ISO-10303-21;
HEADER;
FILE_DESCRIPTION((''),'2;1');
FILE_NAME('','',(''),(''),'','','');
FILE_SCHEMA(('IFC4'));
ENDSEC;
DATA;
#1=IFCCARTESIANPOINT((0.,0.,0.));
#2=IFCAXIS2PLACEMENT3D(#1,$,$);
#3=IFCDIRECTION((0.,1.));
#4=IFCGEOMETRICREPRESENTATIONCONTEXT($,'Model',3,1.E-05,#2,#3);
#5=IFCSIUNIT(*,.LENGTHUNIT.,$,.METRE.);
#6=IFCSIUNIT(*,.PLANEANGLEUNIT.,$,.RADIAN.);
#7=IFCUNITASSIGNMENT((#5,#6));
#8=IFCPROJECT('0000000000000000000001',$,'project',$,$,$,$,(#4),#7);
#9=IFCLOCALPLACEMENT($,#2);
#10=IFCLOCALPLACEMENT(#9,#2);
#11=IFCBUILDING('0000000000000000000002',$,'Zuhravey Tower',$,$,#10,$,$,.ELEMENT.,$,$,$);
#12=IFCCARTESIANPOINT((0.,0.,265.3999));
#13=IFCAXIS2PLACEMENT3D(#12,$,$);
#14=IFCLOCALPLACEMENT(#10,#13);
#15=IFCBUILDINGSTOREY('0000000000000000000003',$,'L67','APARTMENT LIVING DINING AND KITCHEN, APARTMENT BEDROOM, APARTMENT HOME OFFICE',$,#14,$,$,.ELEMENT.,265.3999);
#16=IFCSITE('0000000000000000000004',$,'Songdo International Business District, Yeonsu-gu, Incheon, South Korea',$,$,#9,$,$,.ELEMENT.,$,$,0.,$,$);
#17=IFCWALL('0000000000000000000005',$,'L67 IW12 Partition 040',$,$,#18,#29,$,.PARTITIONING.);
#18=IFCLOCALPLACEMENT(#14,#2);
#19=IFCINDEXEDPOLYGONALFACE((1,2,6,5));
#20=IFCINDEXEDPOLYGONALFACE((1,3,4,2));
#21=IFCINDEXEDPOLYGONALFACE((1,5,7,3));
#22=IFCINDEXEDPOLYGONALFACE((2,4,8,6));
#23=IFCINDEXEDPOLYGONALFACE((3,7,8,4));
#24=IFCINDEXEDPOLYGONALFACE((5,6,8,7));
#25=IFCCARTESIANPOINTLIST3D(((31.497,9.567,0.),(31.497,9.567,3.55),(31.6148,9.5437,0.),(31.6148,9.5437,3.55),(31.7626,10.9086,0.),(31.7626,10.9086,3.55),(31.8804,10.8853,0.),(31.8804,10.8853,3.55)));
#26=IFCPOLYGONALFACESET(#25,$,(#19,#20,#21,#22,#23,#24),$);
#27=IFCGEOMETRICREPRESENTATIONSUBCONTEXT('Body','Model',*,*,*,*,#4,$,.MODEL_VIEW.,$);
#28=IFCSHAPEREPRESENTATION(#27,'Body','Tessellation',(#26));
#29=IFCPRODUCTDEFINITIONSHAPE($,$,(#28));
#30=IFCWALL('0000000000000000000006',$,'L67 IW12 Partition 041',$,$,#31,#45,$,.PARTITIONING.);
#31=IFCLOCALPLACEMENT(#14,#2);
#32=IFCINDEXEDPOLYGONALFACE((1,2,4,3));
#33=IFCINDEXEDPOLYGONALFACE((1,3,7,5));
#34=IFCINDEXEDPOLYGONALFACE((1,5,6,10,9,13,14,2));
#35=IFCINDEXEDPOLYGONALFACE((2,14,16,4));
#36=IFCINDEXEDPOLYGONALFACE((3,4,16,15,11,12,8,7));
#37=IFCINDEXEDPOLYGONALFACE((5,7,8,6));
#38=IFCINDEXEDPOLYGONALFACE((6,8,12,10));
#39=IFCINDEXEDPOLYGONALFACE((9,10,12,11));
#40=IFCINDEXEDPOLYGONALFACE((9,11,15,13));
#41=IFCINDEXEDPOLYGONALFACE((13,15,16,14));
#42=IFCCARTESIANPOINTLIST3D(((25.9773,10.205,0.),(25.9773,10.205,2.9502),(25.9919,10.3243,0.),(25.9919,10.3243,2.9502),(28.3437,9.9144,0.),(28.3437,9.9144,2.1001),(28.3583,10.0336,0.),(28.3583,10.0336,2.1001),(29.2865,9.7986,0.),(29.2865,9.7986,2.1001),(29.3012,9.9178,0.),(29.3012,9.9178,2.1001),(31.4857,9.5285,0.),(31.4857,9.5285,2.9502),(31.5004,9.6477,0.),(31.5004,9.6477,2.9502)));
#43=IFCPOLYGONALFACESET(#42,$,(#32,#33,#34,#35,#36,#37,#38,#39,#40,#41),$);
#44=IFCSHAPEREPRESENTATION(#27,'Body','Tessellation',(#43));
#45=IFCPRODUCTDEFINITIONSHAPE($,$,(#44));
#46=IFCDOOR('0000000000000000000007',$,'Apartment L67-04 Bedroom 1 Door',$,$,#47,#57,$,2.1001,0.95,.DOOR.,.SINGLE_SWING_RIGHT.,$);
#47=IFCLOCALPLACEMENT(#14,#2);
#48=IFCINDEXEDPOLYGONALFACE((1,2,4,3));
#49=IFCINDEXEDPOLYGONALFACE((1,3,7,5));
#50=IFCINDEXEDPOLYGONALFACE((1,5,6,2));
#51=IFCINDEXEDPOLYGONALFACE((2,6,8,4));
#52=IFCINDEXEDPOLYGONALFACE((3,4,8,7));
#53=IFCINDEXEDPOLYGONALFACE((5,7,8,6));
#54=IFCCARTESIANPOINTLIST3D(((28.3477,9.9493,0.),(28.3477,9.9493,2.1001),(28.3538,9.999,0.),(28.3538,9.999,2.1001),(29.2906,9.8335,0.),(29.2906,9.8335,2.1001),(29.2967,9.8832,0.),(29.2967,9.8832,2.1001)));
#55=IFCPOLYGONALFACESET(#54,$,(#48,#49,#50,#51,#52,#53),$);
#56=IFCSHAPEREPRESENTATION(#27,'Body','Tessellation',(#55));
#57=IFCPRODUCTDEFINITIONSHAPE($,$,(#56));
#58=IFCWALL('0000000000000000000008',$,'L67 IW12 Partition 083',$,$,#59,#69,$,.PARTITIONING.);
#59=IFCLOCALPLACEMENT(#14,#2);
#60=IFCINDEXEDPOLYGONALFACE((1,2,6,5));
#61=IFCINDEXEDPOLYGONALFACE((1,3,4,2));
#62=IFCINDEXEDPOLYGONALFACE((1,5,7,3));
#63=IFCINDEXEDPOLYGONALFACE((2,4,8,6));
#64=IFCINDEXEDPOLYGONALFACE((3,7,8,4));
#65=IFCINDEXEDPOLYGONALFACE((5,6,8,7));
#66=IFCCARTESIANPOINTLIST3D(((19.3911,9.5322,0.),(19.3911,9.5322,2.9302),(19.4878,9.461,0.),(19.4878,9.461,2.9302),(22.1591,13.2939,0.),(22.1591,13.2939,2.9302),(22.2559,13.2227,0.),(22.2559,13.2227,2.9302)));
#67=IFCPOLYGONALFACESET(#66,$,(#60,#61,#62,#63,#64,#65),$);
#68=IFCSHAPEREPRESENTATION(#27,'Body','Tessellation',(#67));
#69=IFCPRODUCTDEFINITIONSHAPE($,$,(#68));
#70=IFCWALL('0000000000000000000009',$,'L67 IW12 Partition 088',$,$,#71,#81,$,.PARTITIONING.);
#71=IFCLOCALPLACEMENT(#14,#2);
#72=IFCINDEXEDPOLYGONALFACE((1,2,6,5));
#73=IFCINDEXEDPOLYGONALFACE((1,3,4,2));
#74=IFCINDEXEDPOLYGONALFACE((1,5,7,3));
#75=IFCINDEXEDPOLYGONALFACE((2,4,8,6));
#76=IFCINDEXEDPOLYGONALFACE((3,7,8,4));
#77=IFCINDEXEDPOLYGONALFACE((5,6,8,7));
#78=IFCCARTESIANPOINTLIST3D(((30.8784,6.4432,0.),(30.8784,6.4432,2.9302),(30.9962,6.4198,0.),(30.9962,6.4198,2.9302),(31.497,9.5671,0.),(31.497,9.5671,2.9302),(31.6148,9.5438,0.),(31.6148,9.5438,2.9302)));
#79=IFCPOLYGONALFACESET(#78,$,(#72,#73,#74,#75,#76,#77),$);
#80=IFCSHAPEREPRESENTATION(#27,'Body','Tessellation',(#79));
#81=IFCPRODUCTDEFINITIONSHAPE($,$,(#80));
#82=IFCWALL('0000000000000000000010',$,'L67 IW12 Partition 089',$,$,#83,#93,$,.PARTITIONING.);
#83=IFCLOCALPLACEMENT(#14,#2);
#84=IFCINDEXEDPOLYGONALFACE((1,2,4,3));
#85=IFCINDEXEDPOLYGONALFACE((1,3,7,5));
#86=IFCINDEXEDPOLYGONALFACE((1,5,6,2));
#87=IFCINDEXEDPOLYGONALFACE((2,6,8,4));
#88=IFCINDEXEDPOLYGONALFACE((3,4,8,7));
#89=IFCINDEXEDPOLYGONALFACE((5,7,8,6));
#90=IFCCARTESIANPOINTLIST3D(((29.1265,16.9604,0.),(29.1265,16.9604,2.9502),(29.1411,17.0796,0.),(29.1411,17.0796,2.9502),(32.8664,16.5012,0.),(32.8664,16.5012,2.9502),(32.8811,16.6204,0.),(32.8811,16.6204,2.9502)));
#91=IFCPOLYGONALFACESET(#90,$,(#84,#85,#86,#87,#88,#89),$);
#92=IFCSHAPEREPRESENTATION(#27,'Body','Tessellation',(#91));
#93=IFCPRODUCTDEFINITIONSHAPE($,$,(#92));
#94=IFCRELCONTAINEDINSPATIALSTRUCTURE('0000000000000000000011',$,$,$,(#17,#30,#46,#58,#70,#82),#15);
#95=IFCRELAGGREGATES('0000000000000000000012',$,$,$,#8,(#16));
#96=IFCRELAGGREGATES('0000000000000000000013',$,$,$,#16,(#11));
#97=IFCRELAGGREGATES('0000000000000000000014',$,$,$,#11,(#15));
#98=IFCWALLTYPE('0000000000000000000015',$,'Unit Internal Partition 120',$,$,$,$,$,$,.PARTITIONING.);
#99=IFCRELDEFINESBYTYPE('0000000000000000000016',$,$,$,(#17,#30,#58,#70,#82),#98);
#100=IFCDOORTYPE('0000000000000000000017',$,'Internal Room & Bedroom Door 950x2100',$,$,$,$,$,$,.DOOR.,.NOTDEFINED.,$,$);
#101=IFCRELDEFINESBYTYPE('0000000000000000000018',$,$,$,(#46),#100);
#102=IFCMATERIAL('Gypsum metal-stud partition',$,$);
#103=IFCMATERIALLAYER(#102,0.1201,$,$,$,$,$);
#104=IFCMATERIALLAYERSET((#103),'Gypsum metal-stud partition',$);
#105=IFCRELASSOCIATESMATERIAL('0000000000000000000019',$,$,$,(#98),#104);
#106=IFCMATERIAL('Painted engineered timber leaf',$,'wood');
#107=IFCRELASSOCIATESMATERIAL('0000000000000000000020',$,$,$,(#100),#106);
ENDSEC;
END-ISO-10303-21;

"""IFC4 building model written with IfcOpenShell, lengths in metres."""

from ifc_helpers import new_model, si_unit, direction, frame, frame_2d, origin, place, context, subcontext, project, spatial, rectangle, extrude, material, layer, layer_set, type_object, element, fill, save


model = new_model("IFC4")

# Units and contexts
model_context = context("Model", 3, precision=1e-05, world=origin(), true_north=direction((0.0, 1.0)))
body_context = subcontext(model_context, "Body", "Model", "MODEL_VIEW")
ifc_project = project(units=[si_unit("LENGTHUNIT", "METRE"), si_unit("PLANEANGLEUNIT", "RADIAN")], contexts=[model_context])

# Site, building, storey
site_placement = place(None, origin())
site = spatial("IfcSite", under=ifc_project, at=site_placement, Name="Songdo International Business District, Yeonsu-gu, Incheon, South Korea", CompositionType="ELEMENT", RefElevation=0.0)
building_placement = place(site_placement, origin())
building = spatial("IfcBuilding", under=site, at=building_placement, Name="Zuhravey Tower", CompositionType="ELEMENT")
storey_placement = place(building_placement, frame((0.0, 0.0, 265.3999)))
storey = spatial("IfcBuildingStorey", under=building, at=storey_placement, Name="L67", Description="APARTMENT LIVING DINING AND KITCHEN, APARTMENT BEDROOM, APARTMENT HOME OFFICE", CompositionType="ELEMENT", Elevation=265.3999)

# Shared definitions
ifc_material_1 = material(Name="Gypsum metal-stud partition")
ifc_layer_1 = layer(ifc_material_1, 0.1201)
ifc_layer_set_1 = layer_set([ifc_layer_1], Name="Gypsum metal-stud partition")
wall_type_1 = type_object("IfcWallType", Name="Unit Internal Partition 120", PredefinedType="PARTITIONING", material=ifc_layer_set_1)
ifc_material_2 = material(Name="Painted engineered timber leaf", Category="wood")
door_type_1 = type_object("IfcDoorType", Name="Internal Room & Bedroom Door 950x2100", OperationType="NOTDEFINED", PredefinedType="DOOR", material=ifc_material_2)

# Wall
wall_1_placement = place(storey_placement, frame((31.8215, 10.897, 0.0), z_axis=(0.0, 0.0, 1.0), x_axis=(-0.194228, -0.980956, 0.0)))
element("IfcWall", 1, at=wall_1_placement, inside=storey, type_object=wall_type_1, Name="L67 IW12 Partition 040", PredefinedType="PARTITIONING", context=body_context, shape_type="SweptSolid", body=[
    extrude(rectangle(XDim=1.3677, YDim=0.1201, at=frame_2d((0.6838, 0.0))), origin(), (0.0, 0.0, 1.0), 3.55),
])

# Wall, opening, door
wall_2_placement = place(storey_placement, frame((25.9846, 10.2646, 0.0), z_axis=(0.0, 0.0, 1.0), x_axis=(0.992542, -0.121901, 0.0)))
wall_2 = element("IfcWall", 2, at=wall_2_placement, inside=storey, type_object=wall_type_1, Name="L67 IW12 Partition 041", PredefinedType="PARTITIONING", context=body_context, shape_type="SweptSolid", body=[
    extrude(rectangle(XDim=5.5498, YDim=0.1201, at=frame_2d((2.7749, 0.0))), origin(), (0.0, 0.0, 1.0), 2.9502),
])
opening_1_placement = place(wall_2_placement, frame((2.384, 0.0, 0.0)))
opening_1 = element("IfcOpeningElement", 3, at=opening_1_placement, cuts=wall_2, PredefinedType="OPENING", context=body_context, shape_type="SweptSolid", body=[
    extrude(rectangle(XDim=0.95, YDim=2.1001, at=frame_2d((0.4751, 1.05))), frame((0.0, 0.072, 0.0), z_axis=(0.0, -1.0, 0.0), x_axis=(1.0, 0.0, 0.0)), (0.0, 0.0, 1.0), 0.144),
])
door_1_placement = place(opening_1_placement, frame((0.95, 0.0, 0.0), z_axis=(0.0, 0.0, 1.0), x_axis=(-1.0, 0.0, 0.0)))
door_1 = element("IfcDoor", 4, at=door_1_placement, inside=storey, type_object=door_type_1, Name="Apartment L67-04 Bedroom 1 Door", OperationType="SINGLE_SWING_RIGHT", OverallHeight=2.1001, OverallWidth=0.95, PredefinedType="DOOR", context=body_context, shape_type="SweptSolid", body=[
    extrude(rectangle(XDim=0.95, YDim=2.1001, at=frame_2d((0.4751, 1.05))), frame((0.0, 0.0249, 0.0), z_axis=(0.0, -1.0, 0.0), x_axis=(1.0, 0.0, 0.0)), (0.0, 0.0, 1.0), 0.05),
])
fill(opening_1, door_1)

# Walls
wall_3_placement = place(storey_placement, frame((22.2075, 13.2583, 0.0), z_axis=(0.0, 0.0, 1.0), x_axis=(-0.592682, -0.805437, 0.0)))
element("IfcWall", 5, at=wall_3_placement, inside=storey, type_object=wall_type_1, Name="L67 IW12 Partition 083", PredefinedType="PARTITIONING", context=body_context, shape_type="SweptSolid", body=[
    extrude(rectangle(XDim=4.6704, YDim=0.1201, at=frame_2d((2.3352, 0.0))), origin(), (0.0, 0.0, 1.0), 2.9302),
])
wall_4_placement = place(storey_placement, frame((31.5559, 9.5554, 0.0), z_axis=(0.0, 0.0, 1.0), x_axis=(-0.194258, -0.98095, 0.0)))
element("IfcWall", 6, at=wall_4_placement, inside=storey, type_object=wall_type_1, Name="L67 IW12 Partition 088", PredefinedType="PARTITIONING", context=body_context, shape_type="SweptSolid", body=[
    extrude(rectangle(XDim=3.1846, YDim=0.1201, at=frame_2d((1.5923, 0.0))), origin(), (0.0, 0.0, 1.0), 2.9302),
])
wall_5_placement = place(storey_placement, frame((29.1338, 17.02, 0.0), z_axis=(0.0, 0.0, 1.0), x_axis=(0.992546, -0.121873, 0.0)))
element("IfcWall", 7, at=wall_5_placement, inside=storey, type_object=wall_type_1, Name="L67 IW12 Partition 089", PredefinedType="PARTITIONING", context=body_context, shape_type="SweptSolid", body=[
    extrude(rectangle(XDim=3.7681, YDim=0.1201, at=frame_2d((1.884, 0.0))), origin(), (0.0, 0.0, 1.0), 2.9502),
])

save(model, "model.ifc")
